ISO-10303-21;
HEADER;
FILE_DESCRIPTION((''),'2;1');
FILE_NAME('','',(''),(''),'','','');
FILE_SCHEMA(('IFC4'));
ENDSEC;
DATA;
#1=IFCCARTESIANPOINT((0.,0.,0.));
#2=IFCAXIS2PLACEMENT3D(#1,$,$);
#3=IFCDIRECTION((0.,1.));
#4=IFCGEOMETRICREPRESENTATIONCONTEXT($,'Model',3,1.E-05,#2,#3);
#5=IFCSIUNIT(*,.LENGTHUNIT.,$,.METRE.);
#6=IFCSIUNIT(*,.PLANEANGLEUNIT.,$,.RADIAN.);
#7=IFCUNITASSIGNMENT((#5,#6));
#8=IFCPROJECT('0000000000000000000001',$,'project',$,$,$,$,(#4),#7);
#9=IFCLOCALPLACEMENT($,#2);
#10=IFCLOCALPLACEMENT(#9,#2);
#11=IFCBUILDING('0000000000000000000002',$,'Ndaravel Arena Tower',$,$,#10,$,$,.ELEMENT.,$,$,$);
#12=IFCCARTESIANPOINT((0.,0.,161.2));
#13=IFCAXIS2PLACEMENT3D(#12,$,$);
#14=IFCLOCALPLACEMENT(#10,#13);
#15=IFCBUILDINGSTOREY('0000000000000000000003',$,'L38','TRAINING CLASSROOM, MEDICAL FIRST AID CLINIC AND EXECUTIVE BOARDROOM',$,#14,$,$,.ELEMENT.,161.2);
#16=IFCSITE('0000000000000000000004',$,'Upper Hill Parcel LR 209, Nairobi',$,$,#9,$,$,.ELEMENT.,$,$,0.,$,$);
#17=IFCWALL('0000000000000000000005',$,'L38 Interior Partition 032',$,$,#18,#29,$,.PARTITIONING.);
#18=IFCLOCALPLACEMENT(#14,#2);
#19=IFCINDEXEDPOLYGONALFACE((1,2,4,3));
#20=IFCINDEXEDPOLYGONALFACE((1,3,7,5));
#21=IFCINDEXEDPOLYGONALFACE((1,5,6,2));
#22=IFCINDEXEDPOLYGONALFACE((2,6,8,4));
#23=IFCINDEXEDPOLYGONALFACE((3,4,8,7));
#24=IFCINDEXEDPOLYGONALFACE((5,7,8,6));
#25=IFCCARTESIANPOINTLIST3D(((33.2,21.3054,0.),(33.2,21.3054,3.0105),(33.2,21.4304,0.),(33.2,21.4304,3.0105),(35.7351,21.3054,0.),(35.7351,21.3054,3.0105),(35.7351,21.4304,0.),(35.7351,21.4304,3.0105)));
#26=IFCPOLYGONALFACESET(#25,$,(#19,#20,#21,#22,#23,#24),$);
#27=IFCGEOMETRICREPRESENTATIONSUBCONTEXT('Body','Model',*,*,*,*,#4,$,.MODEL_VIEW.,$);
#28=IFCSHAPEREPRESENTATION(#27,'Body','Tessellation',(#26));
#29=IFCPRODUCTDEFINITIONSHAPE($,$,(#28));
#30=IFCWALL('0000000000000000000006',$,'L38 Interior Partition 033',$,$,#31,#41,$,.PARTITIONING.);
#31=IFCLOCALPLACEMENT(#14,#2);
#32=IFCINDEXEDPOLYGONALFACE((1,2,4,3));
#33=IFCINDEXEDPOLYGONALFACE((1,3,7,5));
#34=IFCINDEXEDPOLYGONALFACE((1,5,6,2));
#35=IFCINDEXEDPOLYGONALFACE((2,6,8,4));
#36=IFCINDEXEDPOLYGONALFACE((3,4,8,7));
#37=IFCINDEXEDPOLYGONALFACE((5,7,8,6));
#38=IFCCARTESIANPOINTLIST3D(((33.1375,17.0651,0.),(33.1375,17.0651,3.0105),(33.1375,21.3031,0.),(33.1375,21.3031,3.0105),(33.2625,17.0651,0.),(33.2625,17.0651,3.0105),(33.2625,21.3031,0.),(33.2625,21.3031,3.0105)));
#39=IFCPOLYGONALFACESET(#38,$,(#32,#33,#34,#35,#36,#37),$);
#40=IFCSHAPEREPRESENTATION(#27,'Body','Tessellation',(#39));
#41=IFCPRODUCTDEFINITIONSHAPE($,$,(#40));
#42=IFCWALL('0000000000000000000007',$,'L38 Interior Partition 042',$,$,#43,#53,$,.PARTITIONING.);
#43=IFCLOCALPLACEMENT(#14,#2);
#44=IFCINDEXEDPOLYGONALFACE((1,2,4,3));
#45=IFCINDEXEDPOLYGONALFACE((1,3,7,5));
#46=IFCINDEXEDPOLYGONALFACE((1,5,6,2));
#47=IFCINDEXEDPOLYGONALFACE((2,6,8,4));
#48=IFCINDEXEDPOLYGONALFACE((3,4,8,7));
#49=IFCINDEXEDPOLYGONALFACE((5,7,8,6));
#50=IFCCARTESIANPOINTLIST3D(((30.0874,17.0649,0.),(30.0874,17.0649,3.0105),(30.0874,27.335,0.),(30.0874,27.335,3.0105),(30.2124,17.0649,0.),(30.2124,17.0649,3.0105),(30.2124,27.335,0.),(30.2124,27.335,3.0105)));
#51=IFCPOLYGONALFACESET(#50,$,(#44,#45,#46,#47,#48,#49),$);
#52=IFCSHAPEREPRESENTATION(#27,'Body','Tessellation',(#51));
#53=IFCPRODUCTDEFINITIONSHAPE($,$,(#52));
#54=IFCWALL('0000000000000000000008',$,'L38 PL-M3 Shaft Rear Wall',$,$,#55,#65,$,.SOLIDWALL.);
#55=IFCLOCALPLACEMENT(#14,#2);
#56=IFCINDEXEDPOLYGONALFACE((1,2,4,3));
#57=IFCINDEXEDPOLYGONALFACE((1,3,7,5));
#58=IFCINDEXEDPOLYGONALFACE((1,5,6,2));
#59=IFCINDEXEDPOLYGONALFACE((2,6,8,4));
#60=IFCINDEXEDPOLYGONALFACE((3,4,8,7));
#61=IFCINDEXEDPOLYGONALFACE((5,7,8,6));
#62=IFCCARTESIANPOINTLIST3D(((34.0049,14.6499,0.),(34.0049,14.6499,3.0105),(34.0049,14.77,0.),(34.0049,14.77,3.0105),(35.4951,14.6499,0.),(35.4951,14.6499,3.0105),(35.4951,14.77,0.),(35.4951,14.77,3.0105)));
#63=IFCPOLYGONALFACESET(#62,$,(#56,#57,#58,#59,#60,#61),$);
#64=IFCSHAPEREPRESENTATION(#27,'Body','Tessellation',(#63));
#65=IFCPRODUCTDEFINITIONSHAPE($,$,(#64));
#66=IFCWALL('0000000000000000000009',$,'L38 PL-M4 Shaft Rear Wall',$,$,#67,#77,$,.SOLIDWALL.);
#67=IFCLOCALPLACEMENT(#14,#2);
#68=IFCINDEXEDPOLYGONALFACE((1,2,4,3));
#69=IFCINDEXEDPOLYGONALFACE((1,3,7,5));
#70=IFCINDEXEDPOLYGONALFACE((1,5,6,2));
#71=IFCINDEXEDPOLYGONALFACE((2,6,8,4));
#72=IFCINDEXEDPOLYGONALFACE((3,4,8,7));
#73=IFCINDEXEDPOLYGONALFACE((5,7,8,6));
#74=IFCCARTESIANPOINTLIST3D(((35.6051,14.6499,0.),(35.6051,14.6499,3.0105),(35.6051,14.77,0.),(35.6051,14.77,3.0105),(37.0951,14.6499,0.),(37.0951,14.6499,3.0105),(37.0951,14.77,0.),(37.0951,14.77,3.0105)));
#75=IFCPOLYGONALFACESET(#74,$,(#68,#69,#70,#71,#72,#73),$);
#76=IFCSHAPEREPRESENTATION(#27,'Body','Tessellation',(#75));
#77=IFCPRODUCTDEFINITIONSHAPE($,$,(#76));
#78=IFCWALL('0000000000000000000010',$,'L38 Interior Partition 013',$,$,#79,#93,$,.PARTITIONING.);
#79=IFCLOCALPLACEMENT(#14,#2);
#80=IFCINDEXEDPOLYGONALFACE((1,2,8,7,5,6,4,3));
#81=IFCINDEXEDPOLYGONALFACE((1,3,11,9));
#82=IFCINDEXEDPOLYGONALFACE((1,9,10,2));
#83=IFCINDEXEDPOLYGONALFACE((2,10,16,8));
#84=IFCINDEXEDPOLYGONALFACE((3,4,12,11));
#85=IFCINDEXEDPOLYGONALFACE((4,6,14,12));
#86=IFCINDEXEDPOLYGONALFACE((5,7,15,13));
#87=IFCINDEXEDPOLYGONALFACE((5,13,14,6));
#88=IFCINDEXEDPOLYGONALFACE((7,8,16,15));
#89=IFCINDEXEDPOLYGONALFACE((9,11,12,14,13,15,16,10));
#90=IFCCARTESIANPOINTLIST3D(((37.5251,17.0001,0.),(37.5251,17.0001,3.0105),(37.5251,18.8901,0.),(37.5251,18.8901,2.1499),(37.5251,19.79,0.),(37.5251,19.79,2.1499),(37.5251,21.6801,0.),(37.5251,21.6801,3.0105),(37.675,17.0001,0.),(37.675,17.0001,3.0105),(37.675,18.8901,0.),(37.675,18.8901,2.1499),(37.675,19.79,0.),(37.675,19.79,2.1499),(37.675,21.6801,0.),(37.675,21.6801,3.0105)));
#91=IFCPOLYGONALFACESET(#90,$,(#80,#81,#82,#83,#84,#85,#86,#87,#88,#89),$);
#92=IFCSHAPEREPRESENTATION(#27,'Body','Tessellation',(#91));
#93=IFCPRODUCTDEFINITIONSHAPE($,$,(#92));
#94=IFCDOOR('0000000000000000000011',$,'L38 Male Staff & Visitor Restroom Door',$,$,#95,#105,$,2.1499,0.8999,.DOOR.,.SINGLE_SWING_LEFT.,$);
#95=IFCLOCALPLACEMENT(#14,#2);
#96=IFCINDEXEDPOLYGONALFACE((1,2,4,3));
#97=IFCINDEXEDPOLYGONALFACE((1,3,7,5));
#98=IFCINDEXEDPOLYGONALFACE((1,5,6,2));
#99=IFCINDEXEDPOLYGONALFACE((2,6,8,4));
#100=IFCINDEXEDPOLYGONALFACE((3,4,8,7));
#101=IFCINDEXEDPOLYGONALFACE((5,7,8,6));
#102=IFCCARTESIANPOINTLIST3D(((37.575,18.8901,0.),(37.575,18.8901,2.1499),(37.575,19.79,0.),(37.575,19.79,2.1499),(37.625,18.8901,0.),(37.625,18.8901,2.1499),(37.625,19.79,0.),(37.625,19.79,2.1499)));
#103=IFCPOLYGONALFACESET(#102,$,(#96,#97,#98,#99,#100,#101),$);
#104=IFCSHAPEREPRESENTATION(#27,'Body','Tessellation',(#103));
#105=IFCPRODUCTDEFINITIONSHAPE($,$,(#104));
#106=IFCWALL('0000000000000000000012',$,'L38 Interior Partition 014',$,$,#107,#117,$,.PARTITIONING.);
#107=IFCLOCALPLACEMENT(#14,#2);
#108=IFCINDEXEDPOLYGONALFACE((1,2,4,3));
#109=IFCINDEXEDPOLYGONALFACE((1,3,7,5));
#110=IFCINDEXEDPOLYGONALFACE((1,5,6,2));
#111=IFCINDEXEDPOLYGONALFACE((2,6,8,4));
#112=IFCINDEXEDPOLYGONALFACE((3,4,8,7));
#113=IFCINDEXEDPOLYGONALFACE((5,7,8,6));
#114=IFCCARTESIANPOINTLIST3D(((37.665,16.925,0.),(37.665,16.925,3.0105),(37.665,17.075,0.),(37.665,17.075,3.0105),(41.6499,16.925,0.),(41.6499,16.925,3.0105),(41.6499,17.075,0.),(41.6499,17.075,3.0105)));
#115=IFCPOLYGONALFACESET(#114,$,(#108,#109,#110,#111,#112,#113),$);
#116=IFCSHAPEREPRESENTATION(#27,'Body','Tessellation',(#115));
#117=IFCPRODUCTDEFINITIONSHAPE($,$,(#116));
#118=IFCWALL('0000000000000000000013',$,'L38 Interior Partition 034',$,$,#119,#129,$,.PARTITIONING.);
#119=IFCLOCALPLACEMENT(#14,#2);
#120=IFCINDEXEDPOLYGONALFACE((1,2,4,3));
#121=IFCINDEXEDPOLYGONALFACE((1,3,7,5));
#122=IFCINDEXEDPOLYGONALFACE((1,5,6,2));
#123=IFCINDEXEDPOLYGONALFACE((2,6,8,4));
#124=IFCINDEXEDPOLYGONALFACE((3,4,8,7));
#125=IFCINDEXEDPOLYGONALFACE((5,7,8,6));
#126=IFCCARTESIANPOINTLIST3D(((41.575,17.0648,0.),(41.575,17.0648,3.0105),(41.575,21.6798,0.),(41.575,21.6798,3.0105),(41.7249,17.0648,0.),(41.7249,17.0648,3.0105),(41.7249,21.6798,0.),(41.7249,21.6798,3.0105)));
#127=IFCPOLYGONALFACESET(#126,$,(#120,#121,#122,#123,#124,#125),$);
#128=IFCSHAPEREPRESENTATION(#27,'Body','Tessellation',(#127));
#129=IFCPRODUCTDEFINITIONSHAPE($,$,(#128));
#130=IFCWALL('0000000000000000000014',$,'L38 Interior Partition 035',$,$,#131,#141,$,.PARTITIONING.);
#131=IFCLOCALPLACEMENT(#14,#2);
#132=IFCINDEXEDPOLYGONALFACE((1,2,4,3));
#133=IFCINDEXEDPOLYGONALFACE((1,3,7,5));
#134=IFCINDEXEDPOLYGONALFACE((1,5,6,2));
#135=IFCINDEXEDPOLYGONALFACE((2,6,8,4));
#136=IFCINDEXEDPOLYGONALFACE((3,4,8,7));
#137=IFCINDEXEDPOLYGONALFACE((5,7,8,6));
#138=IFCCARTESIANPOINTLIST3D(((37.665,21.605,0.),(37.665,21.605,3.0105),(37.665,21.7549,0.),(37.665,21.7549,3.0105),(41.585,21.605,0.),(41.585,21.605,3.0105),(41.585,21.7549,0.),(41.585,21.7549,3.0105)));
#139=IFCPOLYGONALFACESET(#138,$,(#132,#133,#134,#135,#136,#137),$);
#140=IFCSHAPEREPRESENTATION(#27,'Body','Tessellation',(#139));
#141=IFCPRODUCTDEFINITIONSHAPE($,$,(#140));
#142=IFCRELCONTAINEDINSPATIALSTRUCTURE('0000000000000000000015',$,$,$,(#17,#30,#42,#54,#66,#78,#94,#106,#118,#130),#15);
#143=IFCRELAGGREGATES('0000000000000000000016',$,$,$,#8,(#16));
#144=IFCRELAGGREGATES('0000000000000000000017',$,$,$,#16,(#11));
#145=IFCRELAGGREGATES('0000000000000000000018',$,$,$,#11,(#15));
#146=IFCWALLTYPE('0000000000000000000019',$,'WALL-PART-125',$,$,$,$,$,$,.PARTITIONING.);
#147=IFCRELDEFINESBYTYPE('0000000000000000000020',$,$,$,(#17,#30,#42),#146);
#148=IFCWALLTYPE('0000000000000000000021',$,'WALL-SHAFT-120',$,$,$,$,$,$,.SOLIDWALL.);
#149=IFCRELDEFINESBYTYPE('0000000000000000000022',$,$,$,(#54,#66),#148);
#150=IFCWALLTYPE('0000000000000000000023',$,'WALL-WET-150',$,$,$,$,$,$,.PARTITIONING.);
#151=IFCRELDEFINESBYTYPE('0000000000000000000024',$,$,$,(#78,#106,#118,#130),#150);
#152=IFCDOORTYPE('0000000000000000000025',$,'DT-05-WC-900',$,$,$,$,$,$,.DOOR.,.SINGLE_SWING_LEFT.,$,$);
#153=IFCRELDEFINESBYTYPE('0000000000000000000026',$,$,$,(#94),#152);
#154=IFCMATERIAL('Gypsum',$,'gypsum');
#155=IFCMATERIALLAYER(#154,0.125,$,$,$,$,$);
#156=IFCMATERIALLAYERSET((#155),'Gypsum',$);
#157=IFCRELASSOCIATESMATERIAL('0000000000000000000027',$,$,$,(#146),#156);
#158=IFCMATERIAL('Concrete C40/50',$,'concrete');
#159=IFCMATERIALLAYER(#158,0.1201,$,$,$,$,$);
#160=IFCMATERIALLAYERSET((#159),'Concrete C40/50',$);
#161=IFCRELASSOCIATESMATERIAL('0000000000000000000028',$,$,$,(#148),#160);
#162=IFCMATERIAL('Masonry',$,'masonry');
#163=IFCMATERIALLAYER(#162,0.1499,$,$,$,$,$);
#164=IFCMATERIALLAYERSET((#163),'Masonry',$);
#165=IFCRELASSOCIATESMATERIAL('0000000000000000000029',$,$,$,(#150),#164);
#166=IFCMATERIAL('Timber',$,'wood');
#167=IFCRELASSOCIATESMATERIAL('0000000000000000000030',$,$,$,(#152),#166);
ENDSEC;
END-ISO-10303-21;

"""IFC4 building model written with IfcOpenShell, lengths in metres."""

from ifc_helpers import new_model, si_unit, direction, frame, frame_2d, origin, place, context, subcontext, project, spatial, rectangle, extrude, material, layer, layer_set, type_object, element, fill, save


model = new_model("IFC4")

# Units and contexts
model_context = context("Model", 3, precision=1e-05, world=origin(), true_north=direction((0.0, 1.0)))
body_context = subcontext(model_context, "Body", "Model", "MODEL_VIEW")
ifc_project = project(units=[si_unit("LENGTHUNIT", "METRE"), si_unit("PLANEANGLEUNIT", "RADIAN")], contexts=[model_context])

# Site, building, storey
site_placement = place(None, origin())
site = spatial("IfcSite", under=ifc_project, at=site_placement, Name="Upper Hill Parcel LR 209, Nairobi", CompositionType="ELEMENT", RefElevation=0.0)
building_placement = place(site_placement, origin())
building = spatial("IfcBuilding", under=site, at=building_placement, Name="Ndaravel Arena Tower", CompositionType="ELEMENT")
storey_placement = place(building_placement, frame((0.0, 0.0, 161.2)))
storey = spatial("IfcBuildingStorey", under=building, at=storey_placement, Name="L38", Description="TRAINING CLASSROOM, MEDICAL FIRST AID CLINIC AND EXECUTIVE BOARDROOM", CompositionType="ELEMENT", Elevation=161.2)

# Shared definitions
ifc_material_1 = material(Name="Gypsum", Category="gypsum")
ifc_layer_1 = layer(ifc_material_1, 0.125)
ifc_layer_set_1 = layer_set([ifc_layer_1], Name="Gypsum")
wall_type_1 = type_object("IfcWallType", Name="WALL-PART-125", PredefinedType="PARTITIONING", material=ifc_layer_set_1)

# Walls
wall_1_placement = place(storey_placement, frame((33.2, 21.3679, 0.0), z_axis=(0.0, 0.0, 1.0), x_axis=(1.0, 0.0, 0.0)))
element("IfcWall", 1, at=wall_1_placement, inside=storey, type_object=wall_type_1, Name="L38 Interior Partition 032", PredefinedType="PARTITIONING", context=body_context, shape_type="SweptSolid", body=[
    extrude(rectangle(XDim=2.5352, YDim=0.125, at=frame_2d((1.2676, 0.0))), origin(), (0.0, 0.0, 1.0), 3.0105),
])
wall_2_placement = place(storey_placement, frame((33.2, 17.0649, 0.0), z_axis=(0.0, 0.0, 1.0), x_axis=(0.0, 1.0, 0.0)))
element("IfcWall", 2, at=wall_2_placement, inside=storey, type_object=wall_type_1, Name="L38 Interior Partition 033", PredefinedType="PARTITIONING", context=body_context, shape_type="SweptSolid", body=[
    extrude(rectangle(XDim=4.238, YDim=0.125, at=frame_2d((2.1191, 0.0))), origin(), (0.0, 0.0, 1.0), 3.0105),
])
wall_3_placement = place(storey_placement, frame((30.1499, 27.335, 0.0), z_axis=(0.0, 0.0, 1.0), x_axis=(0.0, -1.0, 0.0)))
element("IfcWall", 3, at=wall_3_placement, inside=storey, type_object=wall_type_1, Name="L38 Interior Partition 042", PredefinedType="PARTITIONING", context=body_context, shape_type="SweptSolid", body=[
    extrude(rectangle(XDim=10.27, YDim=0.125, at=frame_2d((5.135, 0.0))), origin(), (0.0, 0.0, 1.0), 3.0105),
])
ifc_material_2 = material(Name="Concrete C40/50", Category="concrete")
ifc_layer_2 = layer(ifc_material_2, 0.1201)
ifc_layer_set_2 = layer_set([ifc_layer_2], Name="Concrete C40/50")
wall_type_2 = type_object("IfcWallType", Name="WALL-SHAFT-120", PredefinedType="SOLIDWALL", material=ifc_layer_set_2)
wall_4_placement = place(storey_placement, frame((34.0049, 14.71, 0.0), z_axis=(0.0, 0.0, 1.0), x_axis=(1.0, 0.0, 0.0)))
element("IfcWall", 4, at=wall_4_placement, inside=storey, type_object=wall_type_2, Name="L38 PL-M3 Shaft Rear Wall", PredefinedType="SOLIDWALL", context=body_context, shape_type="SweptSolid", body=[
    extrude(rectangle(XDim=1.4902, YDim=0.1201, at=frame_2d((0.7451, 0.0))), origin(), (0.0, 0.0, 1.0), 3.0105),
])
wall_5_placement = place(storey_placement, frame((35.605, 14.71, 0.0), z_axis=(0.0, 0.0, 1.0), x_axis=(1.0, 0.0, 0.0)))
element("IfcWall", 5, at=wall_5_placement, inside=storey, type_object=wall_type_2, Name="L38 PL-M4 Shaft Rear Wall", PredefinedType="SOLIDWALL", context=body_context, shape_type="SweptSolid", body=[
    extrude(rectangle(XDim=1.49, YDim=0.1201, at=frame_2d((0.7451, 0.0))), origin(), (0.0, 0.0, 1.0), 3.0105),
])

# Wall, opening, door
ifc_material_3 = material(Name="Masonry", Category="masonry")
ifc_layer_3 = layer(ifc_material_3, 0.1499)
ifc_layer_set_3 = layer_set([ifc_layer_3], Name="Masonry")
wall_type_3 = type_object("IfcWallType", Name="WALL-WET-150", PredefinedType="PARTITIONING", material=ifc_layer_set_3)
wall_6_placement = place(storey_placement, frame((37.6001, 21.6799, 0.0), z_axis=(0.0, 0.0, 1.0), x_axis=(0.0, -1.0, 0.0)))
wall_6 = element("IfcWall", 6, at=wall_6_placement, inside=storey, type_object=wall_type_3, Name="L38 Interior Partition 013", PredefinedType="PARTITIONING", context=body_context, shape_type="SweptSolid", body=[
    extrude(rectangle(XDim=4.6799, YDim=0.1499, at=frame_2d((2.3398, 0.0))), origin(), (0.0, 0.0, 1.0), 3.0105),
])
opening_1_placement = place(wall_6_placement, frame((1.8899, 0.0, 0.0)))
opening_1 = element("IfcOpeningElement", 7, at=opening_1_placement, cuts=wall_6, PredefinedType="OPENING", context=body_context, shape_type="SweptSolid", body=[
    extrude(rectangle(XDim=0.8999, YDim=2.1499, at=frame_2d((0.45, 1.075))), frame((0.0, 0.075, 0.0), z_axis=(0.0, -1.0, 0.0), x_axis=(1.0, 0.0, 0.0)), (0.0, 0.0, 1.0), 0.1499),
])
ifc_material_4 = material(Name="Timber", Category="wood")
door_type_1 = type_object("IfcDoorType", Name="DT-05-WC-900", OperationType="SINGLE_SWING_LEFT", PredefinedType="DOOR", material=ifc_material_4)
door_1_placement = place(opening_1_placement, origin())
door_1 = element("IfcDoor", 8, at=door_1_placement, inside=storey, type_object=door_type_1, Name="L38 Male Staff & Visitor Restroom Door", OperationType="SINGLE_SWING_LEFT", OverallHeight=2.1499, OverallWidth=0.8999, PredefinedType="DOOR", context=body_context, shape_type="SweptSolid", body=[
    extrude(rectangle(XDim=0.8999, YDim=2.1499, at=frame_2d((0.45, 1.075))), frame((0.0, 0.0249, 0.0), z_axis=(0.0, -1.0, 0.0), x_axis=(1.0, 0.0, 0.0)), (0.0, 0.0, 1.0), 0.05),
])
fill(opening_1, door_1)

# Walls
wall_7_placement = place(storey_placement, frame((37.665, 17.0, 0.0), z_axis=(0.0, 0.0, 1.0), x_axis=(1.0, 0.0, 0.0)))
element("IfcWall", 9, at=wall_7_placement, inside=storey, type_object=wall_type_3, Name="L38 Interior Partition 014", PredefinedType="PARTITIONING", context=body_context, shape_type="SweptSolid", body=[
    extrude(rectangle(XDim=3.9849, YDim=0.1499, at=frame_2d((1.9924, 0.0))), origin(), (0.0, 0.0, 1.0), 3.0105),
])
wall_8_placement = place(storey_placement, frame((41.6499, 21.6799, 0.0), z_axis=(0.0, 0.0, 1.0), x_axis=(0.0, -1.0, 0.0)))
element("IfcWall", 10, at=wall_8_placement, inside=storey, type_object=wall_type_3, Name="L38 Interior Partition 034", PredefinedType="PARTITIONING", context=body_context, shape_type="SweptSolid", body=[
    extrude(rectangle(XDim=4.615, YDim=0.1499, at=frame_2d((2.3076, 0.0))), origin(), (0.0, 0.0, 1.0), 3.0105),
])
wall_9_placement = place(storey_placement, frame((37.665, 21.6799, 0.0), z_axis=(0.0, 0.0, 1.0), x_axis=(1.0, 0.0, 0.0)))
element("IfcWall", 11, at=wall_9_placement, inside=storey, type_object=wall_type_3, Name="L38 Interior Partition 035", PredefinedType="PARTITIONING", context=body_context, shape_type="SweptSolid", body=[
    extrude(rectangle(XDim=3.9199, YDim=0.1499, at=frame_2d((1.96, 0.0))), origin(), (0.0, 0.0, 1.0), 3.0105),
])

save(model, "model.ifc")
